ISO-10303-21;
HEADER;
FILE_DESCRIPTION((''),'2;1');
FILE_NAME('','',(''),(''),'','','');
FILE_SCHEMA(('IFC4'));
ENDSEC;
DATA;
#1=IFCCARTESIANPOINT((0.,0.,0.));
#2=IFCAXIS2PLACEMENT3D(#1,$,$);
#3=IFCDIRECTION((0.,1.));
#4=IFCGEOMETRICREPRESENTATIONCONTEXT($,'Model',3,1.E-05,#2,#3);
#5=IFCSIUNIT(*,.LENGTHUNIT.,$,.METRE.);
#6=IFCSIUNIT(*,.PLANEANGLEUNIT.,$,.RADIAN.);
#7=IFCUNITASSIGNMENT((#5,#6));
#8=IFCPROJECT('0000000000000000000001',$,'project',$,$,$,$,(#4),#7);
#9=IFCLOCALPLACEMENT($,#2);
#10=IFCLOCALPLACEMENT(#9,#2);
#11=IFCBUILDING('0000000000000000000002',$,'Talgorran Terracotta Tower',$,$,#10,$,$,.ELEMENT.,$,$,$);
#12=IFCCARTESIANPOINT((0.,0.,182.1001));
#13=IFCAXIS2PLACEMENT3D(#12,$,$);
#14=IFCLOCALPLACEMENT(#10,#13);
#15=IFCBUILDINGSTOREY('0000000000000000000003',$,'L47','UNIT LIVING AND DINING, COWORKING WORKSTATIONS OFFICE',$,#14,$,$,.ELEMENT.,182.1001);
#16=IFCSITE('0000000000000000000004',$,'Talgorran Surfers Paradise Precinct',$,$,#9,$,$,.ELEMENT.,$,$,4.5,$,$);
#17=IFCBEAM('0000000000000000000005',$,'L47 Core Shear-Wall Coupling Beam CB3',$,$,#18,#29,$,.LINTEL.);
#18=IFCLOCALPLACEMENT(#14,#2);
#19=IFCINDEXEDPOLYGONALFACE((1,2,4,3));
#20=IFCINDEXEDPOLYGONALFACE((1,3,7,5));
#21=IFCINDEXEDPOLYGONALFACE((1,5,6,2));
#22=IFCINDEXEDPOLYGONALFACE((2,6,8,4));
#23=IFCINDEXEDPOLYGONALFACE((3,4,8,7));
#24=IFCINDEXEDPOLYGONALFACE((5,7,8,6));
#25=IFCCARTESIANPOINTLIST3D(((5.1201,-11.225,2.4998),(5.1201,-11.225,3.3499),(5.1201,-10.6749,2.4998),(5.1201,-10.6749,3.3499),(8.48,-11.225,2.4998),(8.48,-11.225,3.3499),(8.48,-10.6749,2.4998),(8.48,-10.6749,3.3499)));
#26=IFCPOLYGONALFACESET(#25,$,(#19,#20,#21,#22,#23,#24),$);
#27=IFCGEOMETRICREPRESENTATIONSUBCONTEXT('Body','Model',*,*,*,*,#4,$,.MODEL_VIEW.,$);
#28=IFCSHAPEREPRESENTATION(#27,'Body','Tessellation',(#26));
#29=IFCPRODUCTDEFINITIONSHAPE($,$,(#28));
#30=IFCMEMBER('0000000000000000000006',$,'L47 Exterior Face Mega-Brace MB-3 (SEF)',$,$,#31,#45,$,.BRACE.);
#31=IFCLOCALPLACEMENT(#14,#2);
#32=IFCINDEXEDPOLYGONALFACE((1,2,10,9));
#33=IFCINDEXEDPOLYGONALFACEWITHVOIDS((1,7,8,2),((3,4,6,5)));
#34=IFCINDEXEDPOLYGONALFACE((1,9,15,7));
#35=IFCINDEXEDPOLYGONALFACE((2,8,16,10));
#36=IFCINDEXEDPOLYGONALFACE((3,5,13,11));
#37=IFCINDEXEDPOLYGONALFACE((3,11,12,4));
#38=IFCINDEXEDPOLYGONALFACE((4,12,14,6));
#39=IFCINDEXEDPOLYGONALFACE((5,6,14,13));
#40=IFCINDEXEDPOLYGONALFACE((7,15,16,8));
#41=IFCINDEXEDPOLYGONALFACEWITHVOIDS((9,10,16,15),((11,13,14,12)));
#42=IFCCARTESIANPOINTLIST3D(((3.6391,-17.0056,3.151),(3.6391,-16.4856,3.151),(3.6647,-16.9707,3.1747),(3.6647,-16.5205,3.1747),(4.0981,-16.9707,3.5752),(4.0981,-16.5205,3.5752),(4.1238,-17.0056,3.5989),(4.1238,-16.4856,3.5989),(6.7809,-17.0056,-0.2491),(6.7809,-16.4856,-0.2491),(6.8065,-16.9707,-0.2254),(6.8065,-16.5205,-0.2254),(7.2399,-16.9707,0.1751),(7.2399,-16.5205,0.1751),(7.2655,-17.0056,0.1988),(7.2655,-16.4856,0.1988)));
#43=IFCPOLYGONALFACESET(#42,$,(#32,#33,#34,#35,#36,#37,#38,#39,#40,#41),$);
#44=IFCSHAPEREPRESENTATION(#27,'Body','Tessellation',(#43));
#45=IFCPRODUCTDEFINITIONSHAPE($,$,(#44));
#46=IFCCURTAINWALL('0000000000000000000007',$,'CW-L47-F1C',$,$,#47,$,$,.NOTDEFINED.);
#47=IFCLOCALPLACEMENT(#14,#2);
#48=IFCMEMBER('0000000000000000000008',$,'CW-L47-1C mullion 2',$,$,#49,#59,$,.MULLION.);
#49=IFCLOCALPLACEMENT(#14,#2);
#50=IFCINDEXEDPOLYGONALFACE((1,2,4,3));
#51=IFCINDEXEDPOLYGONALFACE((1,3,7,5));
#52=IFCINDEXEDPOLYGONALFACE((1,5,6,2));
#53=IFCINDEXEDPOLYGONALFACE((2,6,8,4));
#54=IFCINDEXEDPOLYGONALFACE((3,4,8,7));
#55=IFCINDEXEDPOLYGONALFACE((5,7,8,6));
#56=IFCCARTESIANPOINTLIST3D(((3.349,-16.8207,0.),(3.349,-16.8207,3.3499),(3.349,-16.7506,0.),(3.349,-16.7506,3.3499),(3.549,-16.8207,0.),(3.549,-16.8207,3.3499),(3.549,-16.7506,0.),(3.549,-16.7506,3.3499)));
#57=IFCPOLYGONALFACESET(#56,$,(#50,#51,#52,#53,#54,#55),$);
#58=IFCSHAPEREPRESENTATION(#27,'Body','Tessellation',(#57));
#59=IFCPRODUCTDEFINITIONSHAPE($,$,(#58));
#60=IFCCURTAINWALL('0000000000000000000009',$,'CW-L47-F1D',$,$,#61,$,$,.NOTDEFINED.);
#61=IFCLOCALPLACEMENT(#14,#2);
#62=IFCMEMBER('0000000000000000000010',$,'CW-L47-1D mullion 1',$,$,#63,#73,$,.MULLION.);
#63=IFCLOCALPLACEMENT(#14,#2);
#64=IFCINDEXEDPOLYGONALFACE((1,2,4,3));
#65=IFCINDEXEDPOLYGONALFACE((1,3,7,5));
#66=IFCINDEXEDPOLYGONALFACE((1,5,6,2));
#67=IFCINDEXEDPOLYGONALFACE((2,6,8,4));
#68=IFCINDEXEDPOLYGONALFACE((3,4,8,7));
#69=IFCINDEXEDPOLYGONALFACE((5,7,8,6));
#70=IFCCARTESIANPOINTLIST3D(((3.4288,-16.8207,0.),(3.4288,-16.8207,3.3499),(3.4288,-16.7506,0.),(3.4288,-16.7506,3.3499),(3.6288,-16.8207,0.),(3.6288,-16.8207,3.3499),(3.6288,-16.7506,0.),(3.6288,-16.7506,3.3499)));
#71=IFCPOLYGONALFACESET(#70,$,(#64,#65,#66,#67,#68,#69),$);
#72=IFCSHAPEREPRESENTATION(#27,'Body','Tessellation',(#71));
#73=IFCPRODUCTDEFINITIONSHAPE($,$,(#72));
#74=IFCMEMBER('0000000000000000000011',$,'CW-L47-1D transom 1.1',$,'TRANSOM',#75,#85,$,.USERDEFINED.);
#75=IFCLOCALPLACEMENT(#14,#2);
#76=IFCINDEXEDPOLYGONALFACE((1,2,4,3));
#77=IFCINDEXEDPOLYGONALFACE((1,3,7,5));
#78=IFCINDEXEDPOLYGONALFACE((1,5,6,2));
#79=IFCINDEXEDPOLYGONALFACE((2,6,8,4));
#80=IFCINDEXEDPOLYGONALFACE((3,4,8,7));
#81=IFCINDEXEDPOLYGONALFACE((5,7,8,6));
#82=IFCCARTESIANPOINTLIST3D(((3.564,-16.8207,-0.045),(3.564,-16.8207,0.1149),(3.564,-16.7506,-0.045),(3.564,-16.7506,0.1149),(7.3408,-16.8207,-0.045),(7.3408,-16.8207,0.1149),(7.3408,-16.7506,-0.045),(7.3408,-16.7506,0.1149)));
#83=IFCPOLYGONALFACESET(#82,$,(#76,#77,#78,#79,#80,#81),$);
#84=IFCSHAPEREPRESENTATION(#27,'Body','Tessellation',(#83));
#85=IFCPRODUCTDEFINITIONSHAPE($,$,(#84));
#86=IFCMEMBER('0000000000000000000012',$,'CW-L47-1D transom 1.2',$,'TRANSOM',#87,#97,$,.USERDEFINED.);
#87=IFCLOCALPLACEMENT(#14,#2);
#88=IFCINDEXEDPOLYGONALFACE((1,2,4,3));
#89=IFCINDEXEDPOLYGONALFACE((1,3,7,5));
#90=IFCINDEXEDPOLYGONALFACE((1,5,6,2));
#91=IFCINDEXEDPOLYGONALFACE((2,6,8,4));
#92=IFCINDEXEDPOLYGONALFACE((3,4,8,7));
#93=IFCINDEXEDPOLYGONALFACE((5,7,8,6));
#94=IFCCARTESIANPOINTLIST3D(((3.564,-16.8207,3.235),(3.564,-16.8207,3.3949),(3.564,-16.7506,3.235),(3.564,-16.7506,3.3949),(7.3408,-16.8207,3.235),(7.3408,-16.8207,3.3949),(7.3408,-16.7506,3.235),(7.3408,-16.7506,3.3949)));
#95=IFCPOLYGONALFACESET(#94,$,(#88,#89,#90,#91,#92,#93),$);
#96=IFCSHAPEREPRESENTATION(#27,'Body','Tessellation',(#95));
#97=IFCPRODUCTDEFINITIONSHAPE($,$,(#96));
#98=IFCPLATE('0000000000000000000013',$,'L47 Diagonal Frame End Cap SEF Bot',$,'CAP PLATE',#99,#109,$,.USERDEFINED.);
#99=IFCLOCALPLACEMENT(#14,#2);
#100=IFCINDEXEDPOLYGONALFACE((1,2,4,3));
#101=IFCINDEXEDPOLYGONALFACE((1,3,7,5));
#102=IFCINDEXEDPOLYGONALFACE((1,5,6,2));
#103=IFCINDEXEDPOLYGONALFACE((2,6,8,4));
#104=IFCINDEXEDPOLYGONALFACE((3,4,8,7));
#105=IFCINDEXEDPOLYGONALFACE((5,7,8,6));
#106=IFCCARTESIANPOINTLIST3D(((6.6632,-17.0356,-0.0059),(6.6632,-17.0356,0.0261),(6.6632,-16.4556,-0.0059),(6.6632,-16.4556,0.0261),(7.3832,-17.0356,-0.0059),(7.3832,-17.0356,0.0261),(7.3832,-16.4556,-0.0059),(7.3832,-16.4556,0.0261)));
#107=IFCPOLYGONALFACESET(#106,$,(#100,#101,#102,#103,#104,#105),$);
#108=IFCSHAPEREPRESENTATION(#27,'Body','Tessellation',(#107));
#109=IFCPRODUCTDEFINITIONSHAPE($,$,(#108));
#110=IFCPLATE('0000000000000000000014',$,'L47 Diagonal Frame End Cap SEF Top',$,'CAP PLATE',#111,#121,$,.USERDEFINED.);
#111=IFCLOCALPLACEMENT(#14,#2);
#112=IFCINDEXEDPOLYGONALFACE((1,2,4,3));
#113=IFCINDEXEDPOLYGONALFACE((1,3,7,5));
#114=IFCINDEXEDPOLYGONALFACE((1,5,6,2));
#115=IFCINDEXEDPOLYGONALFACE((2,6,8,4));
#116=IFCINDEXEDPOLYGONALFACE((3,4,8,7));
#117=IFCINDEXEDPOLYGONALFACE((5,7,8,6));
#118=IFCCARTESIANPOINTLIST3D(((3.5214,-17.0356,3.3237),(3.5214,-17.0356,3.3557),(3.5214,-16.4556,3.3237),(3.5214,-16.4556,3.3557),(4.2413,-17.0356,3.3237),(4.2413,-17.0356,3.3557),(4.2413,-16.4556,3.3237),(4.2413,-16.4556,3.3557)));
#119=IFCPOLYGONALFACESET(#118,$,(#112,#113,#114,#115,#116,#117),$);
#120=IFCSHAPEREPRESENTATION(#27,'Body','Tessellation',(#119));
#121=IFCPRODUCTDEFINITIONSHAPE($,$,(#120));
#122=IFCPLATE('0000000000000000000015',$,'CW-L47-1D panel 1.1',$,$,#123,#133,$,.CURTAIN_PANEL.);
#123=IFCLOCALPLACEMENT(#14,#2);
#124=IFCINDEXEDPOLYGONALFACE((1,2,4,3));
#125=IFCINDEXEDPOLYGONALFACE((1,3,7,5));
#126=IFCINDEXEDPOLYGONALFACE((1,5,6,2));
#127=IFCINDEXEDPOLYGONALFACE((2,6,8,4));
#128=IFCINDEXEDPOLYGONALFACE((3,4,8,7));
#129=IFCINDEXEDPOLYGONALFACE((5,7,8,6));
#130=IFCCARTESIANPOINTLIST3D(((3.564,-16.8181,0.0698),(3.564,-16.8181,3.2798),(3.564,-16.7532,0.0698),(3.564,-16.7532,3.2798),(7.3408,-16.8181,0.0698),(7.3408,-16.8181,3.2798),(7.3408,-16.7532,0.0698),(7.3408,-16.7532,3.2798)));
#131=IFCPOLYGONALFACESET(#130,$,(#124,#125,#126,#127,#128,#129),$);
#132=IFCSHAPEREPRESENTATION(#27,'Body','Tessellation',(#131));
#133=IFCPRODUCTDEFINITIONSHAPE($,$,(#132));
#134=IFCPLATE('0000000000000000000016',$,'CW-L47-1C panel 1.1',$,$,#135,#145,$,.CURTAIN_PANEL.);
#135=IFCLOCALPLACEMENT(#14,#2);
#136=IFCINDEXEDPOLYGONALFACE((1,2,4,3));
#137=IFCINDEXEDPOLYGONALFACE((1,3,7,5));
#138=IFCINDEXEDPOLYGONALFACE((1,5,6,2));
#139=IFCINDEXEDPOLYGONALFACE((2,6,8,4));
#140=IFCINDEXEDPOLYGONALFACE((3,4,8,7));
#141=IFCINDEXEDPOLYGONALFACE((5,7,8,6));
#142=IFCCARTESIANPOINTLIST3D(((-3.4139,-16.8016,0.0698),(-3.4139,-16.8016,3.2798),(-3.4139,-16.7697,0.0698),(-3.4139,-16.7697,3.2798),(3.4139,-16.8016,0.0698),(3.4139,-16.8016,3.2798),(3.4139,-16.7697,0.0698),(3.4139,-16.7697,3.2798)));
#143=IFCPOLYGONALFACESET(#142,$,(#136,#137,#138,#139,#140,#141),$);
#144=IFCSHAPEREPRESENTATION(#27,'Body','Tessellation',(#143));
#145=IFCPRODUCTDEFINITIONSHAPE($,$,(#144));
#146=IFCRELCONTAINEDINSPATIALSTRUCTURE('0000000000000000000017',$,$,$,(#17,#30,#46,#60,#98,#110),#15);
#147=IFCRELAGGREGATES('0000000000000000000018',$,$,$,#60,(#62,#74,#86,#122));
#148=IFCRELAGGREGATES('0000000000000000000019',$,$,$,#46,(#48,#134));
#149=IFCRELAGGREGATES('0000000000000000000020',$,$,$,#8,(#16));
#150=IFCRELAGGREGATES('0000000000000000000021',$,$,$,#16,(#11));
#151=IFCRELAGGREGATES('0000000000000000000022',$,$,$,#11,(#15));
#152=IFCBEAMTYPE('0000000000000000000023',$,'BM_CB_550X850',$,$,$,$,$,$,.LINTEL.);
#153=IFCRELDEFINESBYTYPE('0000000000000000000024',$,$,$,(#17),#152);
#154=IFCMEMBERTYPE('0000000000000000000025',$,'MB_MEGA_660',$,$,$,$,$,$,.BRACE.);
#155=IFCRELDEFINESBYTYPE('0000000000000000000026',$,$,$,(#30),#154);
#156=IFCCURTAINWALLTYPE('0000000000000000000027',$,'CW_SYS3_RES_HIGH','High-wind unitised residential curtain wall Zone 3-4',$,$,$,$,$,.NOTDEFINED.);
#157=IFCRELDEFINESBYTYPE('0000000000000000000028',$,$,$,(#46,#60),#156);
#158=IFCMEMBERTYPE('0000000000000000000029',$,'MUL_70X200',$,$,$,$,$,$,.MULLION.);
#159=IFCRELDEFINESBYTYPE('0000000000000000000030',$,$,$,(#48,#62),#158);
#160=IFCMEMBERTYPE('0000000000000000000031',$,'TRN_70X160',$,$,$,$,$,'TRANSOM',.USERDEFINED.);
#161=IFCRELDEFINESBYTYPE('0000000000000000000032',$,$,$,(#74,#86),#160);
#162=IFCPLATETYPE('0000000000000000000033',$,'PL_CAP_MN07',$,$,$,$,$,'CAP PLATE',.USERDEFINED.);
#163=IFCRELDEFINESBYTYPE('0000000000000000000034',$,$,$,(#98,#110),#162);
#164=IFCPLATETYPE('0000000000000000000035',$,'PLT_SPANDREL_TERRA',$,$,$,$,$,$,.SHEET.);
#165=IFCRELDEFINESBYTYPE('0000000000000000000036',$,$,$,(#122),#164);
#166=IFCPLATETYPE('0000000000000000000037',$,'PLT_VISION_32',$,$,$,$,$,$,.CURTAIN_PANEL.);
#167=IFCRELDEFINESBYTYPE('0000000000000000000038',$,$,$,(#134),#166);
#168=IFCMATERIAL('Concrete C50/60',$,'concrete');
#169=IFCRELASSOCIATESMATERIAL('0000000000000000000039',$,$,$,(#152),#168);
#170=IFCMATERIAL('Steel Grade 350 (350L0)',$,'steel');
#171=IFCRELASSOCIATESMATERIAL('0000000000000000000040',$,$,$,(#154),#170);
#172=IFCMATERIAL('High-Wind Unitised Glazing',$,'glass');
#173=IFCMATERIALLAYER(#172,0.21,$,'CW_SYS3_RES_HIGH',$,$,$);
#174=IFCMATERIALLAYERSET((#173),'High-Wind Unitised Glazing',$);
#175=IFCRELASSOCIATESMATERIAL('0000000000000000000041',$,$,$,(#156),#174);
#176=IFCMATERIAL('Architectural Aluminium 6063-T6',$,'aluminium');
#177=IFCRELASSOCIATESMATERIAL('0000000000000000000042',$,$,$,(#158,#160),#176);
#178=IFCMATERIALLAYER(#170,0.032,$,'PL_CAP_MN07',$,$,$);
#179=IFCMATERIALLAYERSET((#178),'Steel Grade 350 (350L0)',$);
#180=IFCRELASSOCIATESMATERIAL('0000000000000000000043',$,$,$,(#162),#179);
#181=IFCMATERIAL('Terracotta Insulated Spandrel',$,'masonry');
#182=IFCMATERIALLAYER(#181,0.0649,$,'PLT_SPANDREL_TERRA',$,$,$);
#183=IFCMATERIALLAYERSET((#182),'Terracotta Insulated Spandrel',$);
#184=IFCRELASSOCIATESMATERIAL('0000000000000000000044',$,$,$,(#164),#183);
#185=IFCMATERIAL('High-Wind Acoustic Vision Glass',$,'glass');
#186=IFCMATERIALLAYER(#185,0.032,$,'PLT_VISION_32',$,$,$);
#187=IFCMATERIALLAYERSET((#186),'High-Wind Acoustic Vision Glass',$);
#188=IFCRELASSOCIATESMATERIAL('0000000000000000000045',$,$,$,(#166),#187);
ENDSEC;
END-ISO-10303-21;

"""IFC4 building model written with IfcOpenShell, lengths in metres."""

from ifc_helpers import new_model, si_unit, direction, frame, origin, origin_2d, place, context, subcontext, project, spatial, rectangle, hollow_rectangle, extrude, source, transform, mapped, material, layer, layer_set, material_profile, profile_set, type_object, type_shapes, element, aggregate, save


model = new_model("IFC4")

# Units and contexts
model_context = context("Model", 3, precision=1e-05, world=origin(), true_north=direction((0.0, 1.0)))
body_context = subcontext(model_context, "Body", "Model", "MODEL_VIEW")
ifc_project = project(units=[si_unit("LENGTHUNIT", "METRE"), si_unit("PLANEANGLEUNIT", "RADIAN")], contexts=[model_context])

# Site, building, storey
site_placement = place(None, origin())
site = spatial("IfcSite", under=ifc_project, at=site_placement, Name="Talgorran Surfers Paradise Precinct", CompositionType="ELEMENT", RefElevation=4.5)
building_placement = place(site_placement, origin())
building = spatial("IfcBuilding", under=site, at=building_placement, Name="Talgorran Terracotta Tower", CompositionType="ELEMENT")
storey_placement = place(building_placement, frame((0.0, 0.0, 182.1001)))
storey = spatial("IfcBuildingStorey", under=building, at=storey_placement, Name="L47", Description="UNIT LIVING AND DINING, COWORKING WORKSTATIONS OFFICE", CompositionType="ELEMENT", Elevation=182.1001)

# Beam
ifc_material_1 = material(Name="Concrete C50/60", Category="concrete")
ifc_material_profile_1 = material_profile(ifc_material_1, rectangle(XDim=0.55, YDim=0.8501, at=origin_2d()), Name="RCCB550X850")
ifc_profile_set_1 = profile_set([ifc_material_profile_1], Name="Concrete C50/60")
beam_type = type_object("IfcBeamType", Name="BM_CB_550X850", PredefinedType="LINTEL", material=ifc_profile_set_1)
beam_placement = place(storey_placement, frame((5.1201, -10.95, 2.9248), z_axis=(1.0, 0.0, 0.0), x_axis=(0.0, 1.0, 0.0)))
element("IfcBeam", 1, at=beam_placement, inside=storey, type_object=beam_type, Name="L47 Core Shear-Wall Coupling Beam CB3", PredefinedType="LINTEL", context=body_context, shape_type="SweptSolid", body=[
    extrude(rectangle(XDim=0.55, YDim=0.8501, at=origin_2d()), origin(), (0.0, 0.0, 1.0), 3.3599),
])

# Member
ifc_material_2 = material(Name="Steel Grade 350 (350L0)", Category="steel")
ifc_material_profile_2 = material_profile(ifc_material_2, hollow_rectangle(XDim=0.52, YDim=0.6599, WallThickness=0.0349, at=origin_2d()), Name="WBOX660X520X35")
ifc_profile_set_2 = profile_set([ifc_material_profile_2], Name="Steel Grade 350 (350L0)")
member_type_1 = type_object("IfcMemberType", Name="MB_MEGA_660", PredefinedType="BRACE", material=ifc_profile_set_2)
member_1_placement = place(storey_placement, frame((7.0232, -16.7456, -0.0251), z_axis=(-0.678659, 0.0, 0.734454), x_axis=(0.0, -1.0, 0.0)))
element("IfcMember", 2, at=member_1_placement, inside=storey, type_object=member_type_1, Name="L47 Exterior Face Mega-Brace MB-3 (SEF)", PredefinedType="BRACE", context=body_context, shape_type="SweptSolid", body=[
    extrude(hollow_rectangle(XDim=0.52, YDim=0.6599, WallThickness=0.0349, at=origin_2d()), origin(), (0.0, 0.0, 1.0), 4.6294),
])

# Curtain wall, member
ifc_material_3 = material(Name="High-Wind Unitised Glazing", Category="glass")
ifc_layer_1 = layer(ifc_material_3, 0.21, Name="CW_SYS3_RES_HIGH")
ifc_layer_set_1 = layer_set([ifc_layer_1], Name="High-Wind Unitised Glazing")
curtain_wall_type = type_object("IfcCurtainWallType", Name="CW_SYS3_RES_HIGH", Description="High-wind unitised residential curtain wall Zone 3-4", PredefinedType="NOTDEFINED", material=ifc_layer_set_1)
curtain_wall_1_placement = place(storey_placement, origin())
curtain_wall_1 = element("IfcCurtainWall", 3, at=curtain_wall_1_placement, inside=storey, type_object=curtain_wall_type, Name="CW-L47-F1C", PredefinedType="NOTDEFINED")
ifc_material_4 = material(Name="Architectural Aluminium 6063-T6", Category="aluminium")
ifc_material_profile_3 = material_profile(ifc_material_4, rectangle(XDim=0.0701, YDim=0.2, at=origin_2d()), Name="CWM70X200")
ifc_profile_set_3 = profile_set([ifc_material_profile_3], Name="Architectural Aluminium 6063-T6")
member_type_2 = type_object("IfcMemberType", Name="MUL_70X200", PredefinedType="MULLION", material=ifc_profile_set_3)
member_2_placement = place(storey_placement, frame((3.449, -16.7856, 0.0), z_axis=(0.0, 0.0, 1.0), x_axis=(0.0, 1.0, 0.0)))
member_2 = element("IfcMember", 4, at=member_2_placement, type_object=member_type_2, Name="CW-L47-1C mullion 2", PredefinedType="MULLION", context=body_context, shape_type="SweptSolid", body=[
    extrude(rectangle(XDim=0.0701, YDim=0.2, at=origin_2d()), origin(), (0.0, 0.0, 1.0), 3.3499),
])

# Curtain wall, members
curtain_wall_2_placement = place(storey_placement, origin())
curtain_wall_2 = element("IfcCurtainWall", 5, at=curtain_wall_2_placement, inside=storey, type_object=curtain_wall_type, Name="CW-L47-F1D", PredefinedType="NOTDEFINED")
member_3_placement = place(storey_placement, frame((3.5288, -16.7856, 0.0), z_axis=(0.0, 0.0, 1.0), x_axis=(0.0, 1.0, 0.0)))
member_3 = element("IfcMember", 6, at=member_3_placement, type_object=member_type_2, Name="CW-L47-1D mullion 1", PredefinedType="MULLION", context=body_context, shape_type="SweptSolid", body=[
    extrude(rectangle(XDim=0.0701, YDim=0.2, at=origin_2d()), origin(), (0.0, 0.0, 1.0), 3.3499),
])
ifc_material_profile_4 = material_profile(ifc_material_4, rectangle(XDim=0.0701, YDim=0.1599, at=origin_2d()), Name="CWT70X160")
ifc_profile_set_4 = profile_set([ifc_material_profile_4], Name="Architectural Aluminium 6063-T6")
member_type_3 = type_object("IfcMemberType", Name="TRN_70X160", ElementType="TRANSOM", PredefinedType="USERDEFINED", material=ifc_profile_set_4)
member_4_placement = place(storey_placement, frame((3.564, -16.7856, 0.0349), z_axis=(1.0, 0.0, 0.0), x_axis=(0.0, 1.0, 0.0)))
member_4 = element("IfcMember", 7, at=member_4_placement, type_object=member_type_3, Name="CW-L47-1D transom 1.1", ObjectType="TRANSOM", PredefinedType="USERDEFINED", context=body_context, shape_type="SweptSolid", body=[
    extrude(rectangle(XDim=0.0701, YDim=0.1599, at=origin_2d()), origin(), (0.0, 0.0, 1.0), 3.7769),
])
member_5_placement = place(storey_placement, frame((3.564, -16.7856, 3.3149), z_axis=(1.0, 0.0, 0.0), x_axis=(0.0, 1.0, 0.0)))
member_5 = element("IfcMember", 8, at=member_5_placement, type_object=member_type_3, Name="CW-L47-1D transom 1.2", ObjectType="TRANSOM", PredefinedType="USERDEFINED", context=body_context, shape_type="SweptSolid", body=[
    extrude(rectangle(XDim=0.0701, YDim=0.1599, at=origin_2d()), origin(), (0.0, 0.0, 1.0), 3.7769),
])

# Plates
ifc_layer_2 = layer(ifc_material_2, 0.032, Name="PL_CAP_MN07")
ifc_layer_set_2 = layer_set([ifc_layer_2], Name="Steel Grade 350 (350L0)")
plate_type_1 = type_object("IfcPlateType", Name="PL_CAP_MN07", ElementType="CAP PLATE", PredefinedType="USERDEFINED", material=ifc_layer_set_2)
for number, where, z_axis, x_axis, name in (
    (9, (7.0232, -16.7456, -0.0059), (0.0, 0.0, 1.0), (-1.0, 0.0, 0.0), "L47 Diagonal Frame End Cap SEF Bot"),
    (10, (3.8813, -16.7456, 3.3237), (0.0, 0.0, 1.0), (-1.0, 0.0, 0.0), "L47 Diagonal Frame End Cap SEF Top"),
):
    element("IfcPlate", number, at=place(storey_placement, frame(where, z_axis=z_axis, x_axis=x_axis)), inside=storey, type_object=plate_type_1, Name=name, ObjectType="CAP PLATE", PredefinedType="USERDEFINED", context=body_context, shape_type="SweptSolid", body=[
        extrude(rectangle(XDim=0.72, YDim=0.5801, at=origin_2d()), origin(), (0.0, 0.0, 1.0), 0.032),
    ])

# Plates
ifc_material_5 = material(Name="Terracotta Insulated Spandrel", Category="masonry")
ifc_layer_3 = layer(ifc_material_5, 0.0649, Name="PLT_SPANDREL_TERRA")
ifc_layer_set_3 = layer_set([ifc_layer_3], Name="Terracotta Insulated Spandrel")
plate_type_2 = type_object("IfcPlateType", Name="PLT_SPANDREL_TERRA", PredefinedType="SHEET", material=ifc_layer_set_3)
shared_shape_1 = source(origin(), body_context, "Body", "SweptSolid", [
    extrude(rectangle(XDim=3.7769, YDim=0.0649, at=origin_2d()), origin(), (0.0, 0.0, 1.0), 3.21),
])
type_shapes(plate_type_2, [shared_shape_1])
plate_1_placement = place(storey_placement, frame((5.4524, -16.7856, 0.0698), z_axis=(0.0, 0.0, 1.0), x_axis=(1.0, 0.0, 0.0)))
plate_1 = element("IfcPlate", 11, at=plate_1_placement, type_object=plate_type_2, Name="CW-L47-1D panel 1.1", PredefinedType="CURTAIN_PANEL", context=body_context, shape_type="MappedRepresentation", body=[
    mapped(shared_shape_1, transform((0.0, 0.0, 0.0), scale=1.0)),
])
aggregate(curtain_wall_2, [member_3, member_4, member_5, plate_1])
ifc_material_6 = material(Name="High-Wind Acoustic Vision Glass", Category="glass")
ifc_layer_4 = layer(ifc_material_6, 0.032, Name="PLT_VISION_32")
ifc_layer_set_4 = layer_set([ifc_layer_4], Name="High-Wind Acoustic Vision Glass")
plate_type_3 = type_object("IfcPlateType", Name="PLT_VISION_32", PredefinedType="CURTAIN_PANEL", material=ifc_layer_set_4)
shared_shape_2 = source(origin(), body_context, "Body", "SweptSolid", [
    extrude(rectangle(XDim=6.8279, YDim=0.032, at=origin_2d()), origin(), (0.0, 0.0, 1.0), 3.21),
])
type_shapes(plate_type_3, [shared_shape_2])
plate_2_placement = place(storey_placement, frame((0.0, -16.7856, 0.0698), z_axis=(0.0, 0.0, 1.0), x_axis=(1.0, 0.0, 0.0)))
plate_2 = element("IfcPlate", 12, at=plate_2_placement, type_object=plate_type_3, Name="CW-L47-1C panel 1.1", PredefinedType="CURTAIN_PANEL", context=body_context, shape_type="MappedRepresentation", body=[
    mapped(shared_shape_2, transform((0.0, 0.0, 0.0), scale=1.0)),
])
aggregate(curtain_wall_1, [member_2, plate_2])

save(model, "model.ifc")
